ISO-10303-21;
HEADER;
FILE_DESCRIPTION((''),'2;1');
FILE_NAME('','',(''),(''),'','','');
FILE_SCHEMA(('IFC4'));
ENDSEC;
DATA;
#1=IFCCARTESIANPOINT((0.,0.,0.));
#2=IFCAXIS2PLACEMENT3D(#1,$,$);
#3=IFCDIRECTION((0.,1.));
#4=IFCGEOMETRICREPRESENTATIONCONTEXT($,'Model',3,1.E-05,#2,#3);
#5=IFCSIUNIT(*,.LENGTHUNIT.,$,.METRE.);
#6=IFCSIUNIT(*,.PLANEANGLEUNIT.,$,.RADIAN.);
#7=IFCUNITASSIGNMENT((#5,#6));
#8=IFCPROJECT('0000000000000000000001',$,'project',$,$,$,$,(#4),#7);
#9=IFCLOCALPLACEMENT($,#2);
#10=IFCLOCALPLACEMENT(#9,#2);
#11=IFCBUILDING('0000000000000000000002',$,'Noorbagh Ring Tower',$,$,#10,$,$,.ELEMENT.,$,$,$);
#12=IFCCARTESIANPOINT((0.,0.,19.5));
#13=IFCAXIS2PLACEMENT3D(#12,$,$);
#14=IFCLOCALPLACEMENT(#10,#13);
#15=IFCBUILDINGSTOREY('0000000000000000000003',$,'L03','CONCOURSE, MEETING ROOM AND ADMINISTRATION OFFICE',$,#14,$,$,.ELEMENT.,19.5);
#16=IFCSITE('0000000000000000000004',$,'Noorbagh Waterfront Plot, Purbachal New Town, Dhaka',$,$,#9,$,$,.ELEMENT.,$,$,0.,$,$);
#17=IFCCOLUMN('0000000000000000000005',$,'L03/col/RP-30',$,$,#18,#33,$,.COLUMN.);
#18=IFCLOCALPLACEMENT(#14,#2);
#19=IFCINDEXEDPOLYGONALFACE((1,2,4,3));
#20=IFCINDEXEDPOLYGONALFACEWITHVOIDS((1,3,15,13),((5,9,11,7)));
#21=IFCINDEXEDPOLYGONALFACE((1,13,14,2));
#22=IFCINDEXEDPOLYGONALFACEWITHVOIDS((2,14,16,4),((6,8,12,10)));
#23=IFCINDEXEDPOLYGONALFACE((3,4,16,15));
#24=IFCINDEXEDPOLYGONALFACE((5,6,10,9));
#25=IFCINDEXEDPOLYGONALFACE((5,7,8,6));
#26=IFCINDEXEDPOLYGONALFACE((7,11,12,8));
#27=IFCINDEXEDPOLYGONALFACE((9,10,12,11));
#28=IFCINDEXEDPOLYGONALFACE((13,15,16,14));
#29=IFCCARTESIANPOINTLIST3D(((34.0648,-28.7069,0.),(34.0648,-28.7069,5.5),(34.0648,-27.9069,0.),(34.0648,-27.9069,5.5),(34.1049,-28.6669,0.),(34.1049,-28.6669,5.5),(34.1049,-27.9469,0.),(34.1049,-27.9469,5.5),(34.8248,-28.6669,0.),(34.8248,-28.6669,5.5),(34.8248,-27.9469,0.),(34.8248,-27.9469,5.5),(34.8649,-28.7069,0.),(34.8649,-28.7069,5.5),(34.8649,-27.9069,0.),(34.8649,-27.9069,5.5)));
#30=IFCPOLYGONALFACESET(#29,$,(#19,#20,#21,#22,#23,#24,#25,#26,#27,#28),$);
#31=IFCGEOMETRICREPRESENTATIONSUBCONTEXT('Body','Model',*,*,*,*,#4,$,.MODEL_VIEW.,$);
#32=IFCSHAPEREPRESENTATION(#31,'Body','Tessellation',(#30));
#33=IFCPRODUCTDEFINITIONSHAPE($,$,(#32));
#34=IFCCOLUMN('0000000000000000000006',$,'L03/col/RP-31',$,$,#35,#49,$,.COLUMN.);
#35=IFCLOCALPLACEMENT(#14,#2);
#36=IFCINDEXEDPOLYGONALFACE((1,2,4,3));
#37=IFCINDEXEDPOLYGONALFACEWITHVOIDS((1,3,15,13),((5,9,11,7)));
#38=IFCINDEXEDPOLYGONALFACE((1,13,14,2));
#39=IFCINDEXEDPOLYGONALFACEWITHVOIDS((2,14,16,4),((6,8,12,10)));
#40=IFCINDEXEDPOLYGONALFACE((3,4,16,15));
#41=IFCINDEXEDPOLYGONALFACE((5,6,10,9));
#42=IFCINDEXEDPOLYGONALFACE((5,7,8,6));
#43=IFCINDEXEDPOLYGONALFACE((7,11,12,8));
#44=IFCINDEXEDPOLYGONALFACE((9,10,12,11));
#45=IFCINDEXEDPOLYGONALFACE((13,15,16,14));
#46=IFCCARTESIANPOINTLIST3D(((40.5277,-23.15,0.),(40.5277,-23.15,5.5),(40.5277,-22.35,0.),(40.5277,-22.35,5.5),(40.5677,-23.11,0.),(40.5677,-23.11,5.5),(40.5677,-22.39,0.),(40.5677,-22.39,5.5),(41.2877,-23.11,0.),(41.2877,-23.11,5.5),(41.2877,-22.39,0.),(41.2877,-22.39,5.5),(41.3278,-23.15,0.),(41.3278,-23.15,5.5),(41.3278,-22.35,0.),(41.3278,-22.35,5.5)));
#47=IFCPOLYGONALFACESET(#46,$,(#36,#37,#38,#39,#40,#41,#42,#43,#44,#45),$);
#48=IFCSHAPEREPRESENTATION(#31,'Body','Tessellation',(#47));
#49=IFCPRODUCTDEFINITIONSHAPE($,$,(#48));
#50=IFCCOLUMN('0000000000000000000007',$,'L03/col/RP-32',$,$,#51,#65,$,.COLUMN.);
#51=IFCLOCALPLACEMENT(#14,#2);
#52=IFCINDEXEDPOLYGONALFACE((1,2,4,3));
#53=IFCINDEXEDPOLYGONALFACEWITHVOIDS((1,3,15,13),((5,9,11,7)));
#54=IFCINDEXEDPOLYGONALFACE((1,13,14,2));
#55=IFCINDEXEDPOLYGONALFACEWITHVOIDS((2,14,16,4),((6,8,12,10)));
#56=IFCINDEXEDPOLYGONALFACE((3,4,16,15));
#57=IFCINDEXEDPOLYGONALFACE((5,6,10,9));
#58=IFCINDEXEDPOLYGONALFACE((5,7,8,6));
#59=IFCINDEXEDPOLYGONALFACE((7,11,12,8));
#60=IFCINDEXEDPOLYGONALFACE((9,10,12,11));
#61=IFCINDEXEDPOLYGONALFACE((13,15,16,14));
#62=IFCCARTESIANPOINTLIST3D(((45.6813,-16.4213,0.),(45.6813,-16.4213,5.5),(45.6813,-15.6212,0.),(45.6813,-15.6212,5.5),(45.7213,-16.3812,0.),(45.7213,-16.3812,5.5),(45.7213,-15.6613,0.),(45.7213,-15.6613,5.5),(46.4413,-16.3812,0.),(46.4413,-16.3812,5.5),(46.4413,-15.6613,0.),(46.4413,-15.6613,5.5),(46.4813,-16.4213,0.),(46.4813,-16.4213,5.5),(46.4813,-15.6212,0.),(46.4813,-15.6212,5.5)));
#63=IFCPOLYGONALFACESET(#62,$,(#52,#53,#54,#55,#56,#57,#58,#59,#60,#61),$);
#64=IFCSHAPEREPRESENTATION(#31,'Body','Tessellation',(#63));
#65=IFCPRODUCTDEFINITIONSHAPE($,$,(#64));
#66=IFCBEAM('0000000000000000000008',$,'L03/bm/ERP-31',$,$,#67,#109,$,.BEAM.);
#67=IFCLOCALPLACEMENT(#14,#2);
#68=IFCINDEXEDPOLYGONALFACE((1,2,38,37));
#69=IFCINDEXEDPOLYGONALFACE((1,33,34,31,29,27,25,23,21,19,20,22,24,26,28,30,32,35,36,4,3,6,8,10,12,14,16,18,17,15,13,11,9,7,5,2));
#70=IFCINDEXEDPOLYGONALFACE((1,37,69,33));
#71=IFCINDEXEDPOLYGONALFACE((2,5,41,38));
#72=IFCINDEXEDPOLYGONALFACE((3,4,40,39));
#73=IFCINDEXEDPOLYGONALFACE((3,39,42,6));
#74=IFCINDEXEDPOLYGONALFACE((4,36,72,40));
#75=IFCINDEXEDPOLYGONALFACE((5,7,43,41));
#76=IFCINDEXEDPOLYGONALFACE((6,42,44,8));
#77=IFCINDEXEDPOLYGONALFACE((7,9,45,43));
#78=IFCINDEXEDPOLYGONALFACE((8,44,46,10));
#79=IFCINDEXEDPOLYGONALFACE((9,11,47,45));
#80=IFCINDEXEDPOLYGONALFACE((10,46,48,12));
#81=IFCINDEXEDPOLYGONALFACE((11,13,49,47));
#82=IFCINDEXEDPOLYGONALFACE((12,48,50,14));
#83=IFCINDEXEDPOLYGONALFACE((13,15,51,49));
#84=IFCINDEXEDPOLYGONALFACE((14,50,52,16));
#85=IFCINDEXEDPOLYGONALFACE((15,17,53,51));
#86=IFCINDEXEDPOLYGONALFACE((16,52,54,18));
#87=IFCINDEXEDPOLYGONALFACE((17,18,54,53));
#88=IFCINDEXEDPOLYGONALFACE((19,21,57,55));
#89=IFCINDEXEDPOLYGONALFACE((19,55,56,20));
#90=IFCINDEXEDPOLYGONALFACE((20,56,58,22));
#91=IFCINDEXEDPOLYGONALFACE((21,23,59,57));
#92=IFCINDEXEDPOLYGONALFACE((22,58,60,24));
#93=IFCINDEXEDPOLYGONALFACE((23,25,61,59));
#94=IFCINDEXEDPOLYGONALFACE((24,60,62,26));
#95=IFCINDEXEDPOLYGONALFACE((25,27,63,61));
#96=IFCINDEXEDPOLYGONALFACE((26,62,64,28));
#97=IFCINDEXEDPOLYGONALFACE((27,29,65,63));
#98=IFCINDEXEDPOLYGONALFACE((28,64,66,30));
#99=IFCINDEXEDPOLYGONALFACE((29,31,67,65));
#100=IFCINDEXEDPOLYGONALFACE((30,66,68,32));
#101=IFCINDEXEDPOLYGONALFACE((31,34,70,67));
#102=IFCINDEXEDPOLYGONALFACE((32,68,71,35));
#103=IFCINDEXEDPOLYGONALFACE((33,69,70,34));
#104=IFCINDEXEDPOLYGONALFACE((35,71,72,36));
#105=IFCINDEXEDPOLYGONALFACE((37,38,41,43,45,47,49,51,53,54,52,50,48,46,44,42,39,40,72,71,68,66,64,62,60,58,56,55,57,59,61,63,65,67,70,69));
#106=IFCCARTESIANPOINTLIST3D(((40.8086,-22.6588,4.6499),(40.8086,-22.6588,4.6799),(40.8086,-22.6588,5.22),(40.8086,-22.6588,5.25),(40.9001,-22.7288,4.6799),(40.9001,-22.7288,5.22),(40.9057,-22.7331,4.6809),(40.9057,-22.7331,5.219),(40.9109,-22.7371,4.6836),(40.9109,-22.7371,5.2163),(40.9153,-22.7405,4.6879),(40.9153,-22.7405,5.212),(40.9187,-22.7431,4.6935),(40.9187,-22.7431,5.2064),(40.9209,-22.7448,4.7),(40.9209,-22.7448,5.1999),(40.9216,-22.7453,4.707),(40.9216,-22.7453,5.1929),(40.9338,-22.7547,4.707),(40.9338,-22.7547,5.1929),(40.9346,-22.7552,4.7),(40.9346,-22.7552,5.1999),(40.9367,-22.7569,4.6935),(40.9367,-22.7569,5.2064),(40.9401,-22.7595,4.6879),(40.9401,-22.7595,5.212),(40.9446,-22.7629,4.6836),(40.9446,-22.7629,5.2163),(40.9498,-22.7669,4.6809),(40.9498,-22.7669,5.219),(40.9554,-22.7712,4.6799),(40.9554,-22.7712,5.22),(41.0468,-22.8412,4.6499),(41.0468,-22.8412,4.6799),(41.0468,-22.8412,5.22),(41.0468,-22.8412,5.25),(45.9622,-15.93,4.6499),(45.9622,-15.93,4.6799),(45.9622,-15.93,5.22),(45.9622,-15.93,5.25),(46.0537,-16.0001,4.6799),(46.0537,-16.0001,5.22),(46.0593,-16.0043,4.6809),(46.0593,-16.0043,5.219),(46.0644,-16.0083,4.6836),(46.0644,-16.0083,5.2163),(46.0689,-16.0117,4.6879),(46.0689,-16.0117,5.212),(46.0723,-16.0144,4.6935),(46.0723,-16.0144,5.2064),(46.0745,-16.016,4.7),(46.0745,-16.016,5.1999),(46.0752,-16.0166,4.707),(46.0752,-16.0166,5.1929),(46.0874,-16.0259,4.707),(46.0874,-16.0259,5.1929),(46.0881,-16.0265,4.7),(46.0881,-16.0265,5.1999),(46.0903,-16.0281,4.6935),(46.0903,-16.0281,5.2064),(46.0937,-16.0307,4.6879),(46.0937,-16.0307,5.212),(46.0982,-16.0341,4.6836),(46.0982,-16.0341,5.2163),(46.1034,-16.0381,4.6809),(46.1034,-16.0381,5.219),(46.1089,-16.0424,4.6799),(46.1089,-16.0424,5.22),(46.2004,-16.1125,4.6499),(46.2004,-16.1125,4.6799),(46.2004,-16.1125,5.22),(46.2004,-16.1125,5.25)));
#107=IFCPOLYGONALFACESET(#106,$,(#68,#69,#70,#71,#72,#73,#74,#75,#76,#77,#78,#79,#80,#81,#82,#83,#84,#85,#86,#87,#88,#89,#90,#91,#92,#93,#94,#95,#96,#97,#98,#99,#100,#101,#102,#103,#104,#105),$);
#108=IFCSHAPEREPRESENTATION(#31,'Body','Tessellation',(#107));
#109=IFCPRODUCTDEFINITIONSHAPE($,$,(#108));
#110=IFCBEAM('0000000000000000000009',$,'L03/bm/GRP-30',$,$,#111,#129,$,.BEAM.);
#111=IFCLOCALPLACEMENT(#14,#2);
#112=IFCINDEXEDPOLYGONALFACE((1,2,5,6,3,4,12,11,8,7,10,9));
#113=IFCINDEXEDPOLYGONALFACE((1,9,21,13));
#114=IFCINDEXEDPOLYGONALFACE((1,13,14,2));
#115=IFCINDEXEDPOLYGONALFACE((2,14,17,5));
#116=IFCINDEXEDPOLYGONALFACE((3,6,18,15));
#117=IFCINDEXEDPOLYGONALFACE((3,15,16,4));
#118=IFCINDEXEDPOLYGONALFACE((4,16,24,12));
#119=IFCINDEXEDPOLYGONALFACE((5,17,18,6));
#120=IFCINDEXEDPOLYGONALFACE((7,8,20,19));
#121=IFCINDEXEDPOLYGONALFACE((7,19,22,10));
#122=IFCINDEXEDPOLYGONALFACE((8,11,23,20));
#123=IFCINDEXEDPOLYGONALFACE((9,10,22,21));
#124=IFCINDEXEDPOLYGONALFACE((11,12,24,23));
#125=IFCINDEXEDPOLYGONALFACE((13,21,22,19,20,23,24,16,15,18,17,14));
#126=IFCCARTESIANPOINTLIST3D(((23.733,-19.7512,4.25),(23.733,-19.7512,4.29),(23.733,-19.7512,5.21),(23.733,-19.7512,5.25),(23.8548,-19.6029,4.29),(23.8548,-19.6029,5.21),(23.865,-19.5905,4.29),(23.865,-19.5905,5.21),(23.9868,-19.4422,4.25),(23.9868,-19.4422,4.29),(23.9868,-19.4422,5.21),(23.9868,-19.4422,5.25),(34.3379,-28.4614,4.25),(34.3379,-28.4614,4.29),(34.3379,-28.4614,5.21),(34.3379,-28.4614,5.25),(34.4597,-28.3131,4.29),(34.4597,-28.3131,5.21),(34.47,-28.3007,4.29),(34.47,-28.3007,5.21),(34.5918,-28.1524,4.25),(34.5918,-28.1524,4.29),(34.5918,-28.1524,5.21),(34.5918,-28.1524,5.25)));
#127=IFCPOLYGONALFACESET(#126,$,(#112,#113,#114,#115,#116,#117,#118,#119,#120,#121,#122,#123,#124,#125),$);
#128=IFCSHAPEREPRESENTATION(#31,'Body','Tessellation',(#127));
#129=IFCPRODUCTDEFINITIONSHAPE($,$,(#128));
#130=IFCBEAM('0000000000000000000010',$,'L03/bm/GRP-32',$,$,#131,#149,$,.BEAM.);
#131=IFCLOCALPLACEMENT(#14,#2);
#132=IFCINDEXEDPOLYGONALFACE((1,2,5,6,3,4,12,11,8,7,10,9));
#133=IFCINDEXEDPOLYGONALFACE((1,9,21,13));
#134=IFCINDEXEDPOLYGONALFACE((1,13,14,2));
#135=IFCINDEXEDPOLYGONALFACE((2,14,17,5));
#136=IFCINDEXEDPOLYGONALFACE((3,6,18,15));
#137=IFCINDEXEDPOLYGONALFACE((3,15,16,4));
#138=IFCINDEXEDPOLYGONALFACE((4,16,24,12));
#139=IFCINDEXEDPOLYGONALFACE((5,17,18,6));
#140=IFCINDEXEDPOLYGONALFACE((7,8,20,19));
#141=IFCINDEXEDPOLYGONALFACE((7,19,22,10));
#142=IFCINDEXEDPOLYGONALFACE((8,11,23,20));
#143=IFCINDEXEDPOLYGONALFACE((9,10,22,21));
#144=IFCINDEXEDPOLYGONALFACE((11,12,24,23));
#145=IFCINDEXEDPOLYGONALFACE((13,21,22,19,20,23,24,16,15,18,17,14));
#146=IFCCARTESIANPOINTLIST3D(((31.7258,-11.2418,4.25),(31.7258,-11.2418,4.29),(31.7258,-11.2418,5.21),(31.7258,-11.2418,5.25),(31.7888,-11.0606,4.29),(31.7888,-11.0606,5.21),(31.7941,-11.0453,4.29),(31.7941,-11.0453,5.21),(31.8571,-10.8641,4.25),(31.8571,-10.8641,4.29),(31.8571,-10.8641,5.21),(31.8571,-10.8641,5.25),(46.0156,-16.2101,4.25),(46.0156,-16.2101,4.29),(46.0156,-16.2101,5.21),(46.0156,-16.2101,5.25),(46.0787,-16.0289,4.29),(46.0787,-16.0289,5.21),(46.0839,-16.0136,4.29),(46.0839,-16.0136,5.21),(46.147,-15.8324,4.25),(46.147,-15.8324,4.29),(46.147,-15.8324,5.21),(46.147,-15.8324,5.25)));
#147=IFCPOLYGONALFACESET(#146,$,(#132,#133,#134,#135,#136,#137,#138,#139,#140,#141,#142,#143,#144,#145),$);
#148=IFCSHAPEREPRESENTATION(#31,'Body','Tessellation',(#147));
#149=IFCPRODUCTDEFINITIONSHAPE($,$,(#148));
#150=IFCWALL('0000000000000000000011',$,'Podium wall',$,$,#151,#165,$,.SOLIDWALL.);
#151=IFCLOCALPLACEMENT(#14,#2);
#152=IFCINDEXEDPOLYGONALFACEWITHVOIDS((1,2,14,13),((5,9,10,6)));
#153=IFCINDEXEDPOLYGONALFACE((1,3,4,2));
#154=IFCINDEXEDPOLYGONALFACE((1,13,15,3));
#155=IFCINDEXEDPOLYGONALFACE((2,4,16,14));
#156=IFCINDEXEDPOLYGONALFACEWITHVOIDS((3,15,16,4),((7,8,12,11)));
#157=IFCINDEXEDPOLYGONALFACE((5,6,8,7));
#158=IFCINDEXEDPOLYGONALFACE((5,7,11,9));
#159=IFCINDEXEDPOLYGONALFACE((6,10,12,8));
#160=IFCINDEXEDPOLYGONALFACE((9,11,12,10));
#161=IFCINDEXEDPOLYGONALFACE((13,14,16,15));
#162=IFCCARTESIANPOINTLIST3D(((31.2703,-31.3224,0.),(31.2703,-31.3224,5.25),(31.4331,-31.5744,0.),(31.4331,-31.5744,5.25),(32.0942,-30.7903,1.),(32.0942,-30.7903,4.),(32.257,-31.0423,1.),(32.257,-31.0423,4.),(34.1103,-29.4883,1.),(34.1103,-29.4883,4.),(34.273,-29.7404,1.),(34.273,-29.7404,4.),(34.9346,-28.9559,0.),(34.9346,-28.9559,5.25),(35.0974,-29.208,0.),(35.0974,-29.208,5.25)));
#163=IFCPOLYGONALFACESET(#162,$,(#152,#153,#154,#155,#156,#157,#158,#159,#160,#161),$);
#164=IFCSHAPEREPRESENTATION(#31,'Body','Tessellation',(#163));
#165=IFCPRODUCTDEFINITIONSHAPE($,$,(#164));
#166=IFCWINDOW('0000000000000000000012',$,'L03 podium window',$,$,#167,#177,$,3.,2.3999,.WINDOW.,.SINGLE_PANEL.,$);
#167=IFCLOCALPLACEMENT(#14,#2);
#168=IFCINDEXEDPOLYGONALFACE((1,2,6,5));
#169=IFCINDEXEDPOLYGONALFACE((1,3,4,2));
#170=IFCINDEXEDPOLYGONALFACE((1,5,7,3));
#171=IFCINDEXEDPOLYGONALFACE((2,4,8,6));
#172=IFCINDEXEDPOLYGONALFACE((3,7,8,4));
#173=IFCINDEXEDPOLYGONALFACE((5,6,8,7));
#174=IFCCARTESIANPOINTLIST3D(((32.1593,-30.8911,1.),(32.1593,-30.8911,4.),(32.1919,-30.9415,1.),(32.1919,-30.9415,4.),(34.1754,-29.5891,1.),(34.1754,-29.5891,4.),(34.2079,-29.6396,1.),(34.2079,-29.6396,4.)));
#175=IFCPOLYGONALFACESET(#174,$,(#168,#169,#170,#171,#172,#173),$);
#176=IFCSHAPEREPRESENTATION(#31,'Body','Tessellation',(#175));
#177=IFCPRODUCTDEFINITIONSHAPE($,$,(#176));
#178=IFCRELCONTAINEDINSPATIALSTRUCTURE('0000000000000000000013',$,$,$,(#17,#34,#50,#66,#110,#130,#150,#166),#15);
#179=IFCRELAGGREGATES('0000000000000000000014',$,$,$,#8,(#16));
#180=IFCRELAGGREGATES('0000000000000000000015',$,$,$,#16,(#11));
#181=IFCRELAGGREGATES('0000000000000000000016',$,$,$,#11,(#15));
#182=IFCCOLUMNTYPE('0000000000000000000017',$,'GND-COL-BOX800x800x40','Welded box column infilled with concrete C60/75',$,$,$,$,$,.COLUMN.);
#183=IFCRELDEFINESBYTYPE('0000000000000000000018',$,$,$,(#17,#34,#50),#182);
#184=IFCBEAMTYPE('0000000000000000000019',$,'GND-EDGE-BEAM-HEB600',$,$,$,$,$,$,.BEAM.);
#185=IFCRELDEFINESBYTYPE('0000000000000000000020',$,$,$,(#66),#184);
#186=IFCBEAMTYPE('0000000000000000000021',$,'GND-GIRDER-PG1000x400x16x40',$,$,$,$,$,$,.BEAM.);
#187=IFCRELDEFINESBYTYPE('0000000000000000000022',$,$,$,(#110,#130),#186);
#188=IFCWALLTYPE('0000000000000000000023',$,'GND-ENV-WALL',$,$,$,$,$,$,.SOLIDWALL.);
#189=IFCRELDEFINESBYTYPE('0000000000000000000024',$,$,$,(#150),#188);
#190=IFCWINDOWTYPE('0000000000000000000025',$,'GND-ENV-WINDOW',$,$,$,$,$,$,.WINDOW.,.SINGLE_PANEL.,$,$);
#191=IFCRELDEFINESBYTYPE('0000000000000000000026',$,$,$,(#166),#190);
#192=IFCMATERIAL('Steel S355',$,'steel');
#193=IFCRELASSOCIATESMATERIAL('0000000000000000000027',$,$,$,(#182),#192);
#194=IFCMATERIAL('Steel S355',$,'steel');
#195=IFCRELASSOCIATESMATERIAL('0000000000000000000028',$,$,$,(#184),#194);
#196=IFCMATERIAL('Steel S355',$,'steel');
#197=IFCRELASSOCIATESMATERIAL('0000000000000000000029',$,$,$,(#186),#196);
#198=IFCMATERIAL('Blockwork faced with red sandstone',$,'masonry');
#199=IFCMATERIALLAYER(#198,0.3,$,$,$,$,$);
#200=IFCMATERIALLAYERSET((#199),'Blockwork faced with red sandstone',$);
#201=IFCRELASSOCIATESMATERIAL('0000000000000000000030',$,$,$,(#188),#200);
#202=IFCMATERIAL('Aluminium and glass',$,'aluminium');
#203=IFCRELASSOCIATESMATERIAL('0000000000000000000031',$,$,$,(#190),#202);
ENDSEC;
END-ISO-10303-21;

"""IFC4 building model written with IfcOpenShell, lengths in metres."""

from ifc_helpers import new_model, si_unit, direction, frame, frame_2d, origin, origin_2d, place, context, subcontext, project, spatial, rectangle, hollow_rectangle, i_section, extrude, material, layer, layer_set, material_profile, profile_set, type_object, element, fill, save


model = new_model("IFC4")

# Units and contexts
model_context = context("Model", 3, precision=1e-05, world=origin(), true_north=direction((0.0, 1.0)))
body_context = subcontext(model_context, "Body", "Model", "MODEL_VIEW")
ifc_project = project(units=[si_unit("LENGTHUNIT", "METRE"), si_unit("PLANEANGLEUNIT", "RADIAN")], contexts=[model_context])

# Site, building, storey
site_placement = place(None, origin())
site = spatial("IfcSite", under=ifc_project, at=site_placement, Name="Noorbagh Waterfront Plot, Purbachal New Town, Dhaka", CompositionType="ELEMENT", RefElevation=0.0)
building_placement = place(site_placement, origin())
building = spatial("IfcBuilding", under=site, at=building_placement, Name="Noorbagh Ring Tower", CompositionType="ELEMENT")
storey_placement = place(building_placement, frame((0.0, 0.0, 19.5)))
storey = spatial("IfcBuildingStorey", under=building, at=storey_placement, Name="L03", Description="CONCOURSE, MEETING ROOM AND ADMINISTRATION OFFICE", CompositionType="ELEMENT", Elevation=19.5)

# Columns
ifc_material_1 = material(Name="Steel S355", Category="steel")
ifc_material_profile_1 = material_profile(ifc_material_1, hollow_rectangle(XDim=0.8, YDim=0.8, WallThickness=0.04, at=origin_2d()), Name="BOX800x800x40")
ifc_profile_set_1 = profile_set([ifc_material_profile_1], Name="Steel S355")
column_type = type_object("IfcColumnType", Name="GND-COL-BOX800x800x40", Description="Welded box column infilled with concrete C60/75", PredefinedType="COLUMN", material=ifc_profile_set_1)
for number, where, z_axis, x_axis, name in (
    (1, (34.4648, -28.3069, 0.0), (0.0, 0.0, 1.0), (1.0, 0.0, 0.0), "L03/col/RP-30"),
    (2, (40.9277, -22.75, 0.0), (0.0, 0.0, 1.0), (1.0, 0.0, 0.0), "L03/col/RP-31"),
    (3, (46.0813, -16.0212, 0.0), (0.0, 0.0, 1.0), (1.0, 0.0, 0.0), "L03/col/RP-32"),
):
    element("IfcColumn", number, at=place(storey_placement, frame(where, z_axis=z_axis, x_axis=x_axis)), inside=storey, type_object=column_type, Name=name, PredefinedType="COLUMN", context=body_context, shape_type="SweptSolid", body=[
        extrude(hollow_rectangle(XDim=0.8, YDim=0.8, WallThickness=0.04, at=origin_2d()), origin(), (0.0, 0.0, 1.0), 5.5),
    ])

# Beams
ifc_material_2 = material(Name="Steel S355", Category="steel")
ifc_material_profile_2 = material_profile(ifc_material_2, i_section(OverallWidth=0.3, OverallDepth=0.6001, WebThickness=0.0154, FlangeThickness=0.03, FilletRadius=0.0271, at=origin_2d()), Name="HEB600")
ifc_profile_set_2 = profile_set([ifc_material_profile_2], Name="Steel S355")
beam_type_1 = type_object("IfcBeamType", Name="GND-EDGE-BEAM-HEB600", PredefinedType="BEAM", material=ifc_profile_set_2)
beam_1_placement = place(storey_placement, frame((40.9277, -22.75, 4.95), z_axis=(0.608049, 0.7939, 0.0), x_axis=(-0.7939, 0.608049, 0.0)))
element("IfcBeam", 4, at=beam_1_placement, inside=storey, type_object=beam_type_1, Name="L03/bm/ERP-31", PredefinedType="BEAM", context=body_context, shape_type="SweptSolid", body=[
    extrude(i_section(OverallWidth=0.3, OverallDepth=0.6001, WebThickness=0.0154, FlangeThickness=0.03, FilletRadius=0.0271, at=origin_2d()), origin(), (0.0, 0.0, 1.0), 8.4756),
])
ifc_material_3 = material(Name="Steel S355", Category="steel")
ifc_material_profile_3 = material_profile(ifc_material_3, i_section(OverallWidth=0.3999, OverallDepth=1.0, WebThickness=0.0161, FlangeThickness=0.04, at=origin_2d()), Name="PG1000x400x16x40")
ifc_profile_set_3 = profile_set([ifc_material_profile_3], Name="Steel S355")
beam_type_2 = type_object("IfcBeamType", Name="GND-GIRDER-PG1000x400x16x40", PredefinedType="BEAM", material=ifc_profile_set_3)
beam_2_placement = place(storey_placement, frame((34.4648, -28.3069, 4.75), z_axis=(-0.772763, 0.634695, 0.0), x_axis=(-0.634695, -0.772763, 0.0)))
element("IfcBeam", 5, at=beam_2_placement, inside=storey, type_object=beam_type_2, Name="L03/bm/GRP-30", PredefinedType="BEAM", context=body_context, shape_type="SweptSolid", body=[
    extrude(i_section(OverallWidth=0.3999, OverallDepth=1.0, WebThickness=0.0161, FlangeThickness=0.04, at=origin_2d()), origin(), (0.0, 0.0, 1.0), 13.7234),
])
beam_3_placement = place(storey_placement, frame((46.0813, -16.0212, 4.75), z_axis=(-0.94454, 0.328397, 0.0), x_axis=(-0.328397, -0.94454, 0.0)))
element("IfcBeam", 6, at=beam_3_placement, inside=storey, type_object=beam_type_2, Name="L03/bm/GRP-32", PredefinedType="BEAM", context=body_context, shape_type="SweptSolid", body=[
    extrude(i_section(OverallWidth=0.3999, OverallDepth=1.0, WebThickness=0.0161, FlangeThickness=0.04, at=origin_2d()), origin(), (0.0, 0.0, 1.0), 15.1289),
])

# Wall, opening, window
ifc_material_4 = material(Name="Blockwork faced with red sandstone", Category="masonry")
ifc_layer_1 = layer(ifc_material_4, 0.3)
ifc_layer_set_1 = layer_set([ifc_layer_1], Name="Blockwork faced with red sandstone")
wall_type_1 = type_object("IfcWallType", Name="GND-ENV-WALL", PredefinedType="SOLIDWALL", material=ifc_layer_set_1)
wall_1_placement = place(storey_placement, frame((31.3516, -31.4485, 0.0), z_axis=(0.0, 0.0, 1.0), x_axis=(0.840047, 0.542513, 0.0)))
wall_1 = element("IfcWall", 7, at=wall_1_placement, inside=storey, type_object=wall_type_1, Name="Podium wall", PredefinedType="SOLIDWALL", context=body_context, shape_type="SweptSolid", body=[
    extrude(rectangle(XDim=4.3621, YDim=0.3, at=frame_2d((2.1812, 0.0))), origin(), (0.0, 0.0, 1.0), 5.25),
])
opening_1_placement = place(wall_1_placement, frame((0.981, 0.0, 1.0)))
opening_1 = element("IfcOpeningElement", 8, at=opening_1_placement, cuts=wall_1, PredefinedType="OPENING", context=body_context, shape_type="SweptSolid", body=[
    extrude(rectangle(XDim=2.3999, YDim=3.0, at=frame_2d((1.2, 1.5))), frame((0.0, 0.1602, 0.0), z_axis=(0.0, -1.0, 0.0), x_axis=(1.0, 0.0, 0.0)), (0.0, 0.0, 1.0), 0.3201),
])
ifc_material_5 = material(Name="Aluminium and glass", Category="aluminium")
window_type = type_object("IfcWindowType", Name="GND-ENV-WINDOW", PartitioningType="SINGLE_PANEL", PredefinedType="WINDOW", material=ifc_material_5)
window_1_placement = place(opening_1_placement, origin())
window_1 = element("IfcWindow", 9, at=window_1_placement, inside=storey, type_object=window_type, Name="L03 podium window", OverallHeight=3.0, OverallWidth=2.3999, PartitioningType="SINGLE_PANEL", PredefinedType="WINDOW", context=body_context, shape_type="SweptSolid", body=[
    extrude(rectangle(XDim=2.3999, YDim=3.0, at=frame_2d((1.2, 1.5))), frame((0.0, 0.03, 0.0), z_axis=(0.0, -1.0, 0.0), x_axis=(1.0, 0.0, 0.0)), (0.0, 0.0, 1.0), 0.0601),
])
fill(opening_1, window_1)

save(model, "model.ifc")
